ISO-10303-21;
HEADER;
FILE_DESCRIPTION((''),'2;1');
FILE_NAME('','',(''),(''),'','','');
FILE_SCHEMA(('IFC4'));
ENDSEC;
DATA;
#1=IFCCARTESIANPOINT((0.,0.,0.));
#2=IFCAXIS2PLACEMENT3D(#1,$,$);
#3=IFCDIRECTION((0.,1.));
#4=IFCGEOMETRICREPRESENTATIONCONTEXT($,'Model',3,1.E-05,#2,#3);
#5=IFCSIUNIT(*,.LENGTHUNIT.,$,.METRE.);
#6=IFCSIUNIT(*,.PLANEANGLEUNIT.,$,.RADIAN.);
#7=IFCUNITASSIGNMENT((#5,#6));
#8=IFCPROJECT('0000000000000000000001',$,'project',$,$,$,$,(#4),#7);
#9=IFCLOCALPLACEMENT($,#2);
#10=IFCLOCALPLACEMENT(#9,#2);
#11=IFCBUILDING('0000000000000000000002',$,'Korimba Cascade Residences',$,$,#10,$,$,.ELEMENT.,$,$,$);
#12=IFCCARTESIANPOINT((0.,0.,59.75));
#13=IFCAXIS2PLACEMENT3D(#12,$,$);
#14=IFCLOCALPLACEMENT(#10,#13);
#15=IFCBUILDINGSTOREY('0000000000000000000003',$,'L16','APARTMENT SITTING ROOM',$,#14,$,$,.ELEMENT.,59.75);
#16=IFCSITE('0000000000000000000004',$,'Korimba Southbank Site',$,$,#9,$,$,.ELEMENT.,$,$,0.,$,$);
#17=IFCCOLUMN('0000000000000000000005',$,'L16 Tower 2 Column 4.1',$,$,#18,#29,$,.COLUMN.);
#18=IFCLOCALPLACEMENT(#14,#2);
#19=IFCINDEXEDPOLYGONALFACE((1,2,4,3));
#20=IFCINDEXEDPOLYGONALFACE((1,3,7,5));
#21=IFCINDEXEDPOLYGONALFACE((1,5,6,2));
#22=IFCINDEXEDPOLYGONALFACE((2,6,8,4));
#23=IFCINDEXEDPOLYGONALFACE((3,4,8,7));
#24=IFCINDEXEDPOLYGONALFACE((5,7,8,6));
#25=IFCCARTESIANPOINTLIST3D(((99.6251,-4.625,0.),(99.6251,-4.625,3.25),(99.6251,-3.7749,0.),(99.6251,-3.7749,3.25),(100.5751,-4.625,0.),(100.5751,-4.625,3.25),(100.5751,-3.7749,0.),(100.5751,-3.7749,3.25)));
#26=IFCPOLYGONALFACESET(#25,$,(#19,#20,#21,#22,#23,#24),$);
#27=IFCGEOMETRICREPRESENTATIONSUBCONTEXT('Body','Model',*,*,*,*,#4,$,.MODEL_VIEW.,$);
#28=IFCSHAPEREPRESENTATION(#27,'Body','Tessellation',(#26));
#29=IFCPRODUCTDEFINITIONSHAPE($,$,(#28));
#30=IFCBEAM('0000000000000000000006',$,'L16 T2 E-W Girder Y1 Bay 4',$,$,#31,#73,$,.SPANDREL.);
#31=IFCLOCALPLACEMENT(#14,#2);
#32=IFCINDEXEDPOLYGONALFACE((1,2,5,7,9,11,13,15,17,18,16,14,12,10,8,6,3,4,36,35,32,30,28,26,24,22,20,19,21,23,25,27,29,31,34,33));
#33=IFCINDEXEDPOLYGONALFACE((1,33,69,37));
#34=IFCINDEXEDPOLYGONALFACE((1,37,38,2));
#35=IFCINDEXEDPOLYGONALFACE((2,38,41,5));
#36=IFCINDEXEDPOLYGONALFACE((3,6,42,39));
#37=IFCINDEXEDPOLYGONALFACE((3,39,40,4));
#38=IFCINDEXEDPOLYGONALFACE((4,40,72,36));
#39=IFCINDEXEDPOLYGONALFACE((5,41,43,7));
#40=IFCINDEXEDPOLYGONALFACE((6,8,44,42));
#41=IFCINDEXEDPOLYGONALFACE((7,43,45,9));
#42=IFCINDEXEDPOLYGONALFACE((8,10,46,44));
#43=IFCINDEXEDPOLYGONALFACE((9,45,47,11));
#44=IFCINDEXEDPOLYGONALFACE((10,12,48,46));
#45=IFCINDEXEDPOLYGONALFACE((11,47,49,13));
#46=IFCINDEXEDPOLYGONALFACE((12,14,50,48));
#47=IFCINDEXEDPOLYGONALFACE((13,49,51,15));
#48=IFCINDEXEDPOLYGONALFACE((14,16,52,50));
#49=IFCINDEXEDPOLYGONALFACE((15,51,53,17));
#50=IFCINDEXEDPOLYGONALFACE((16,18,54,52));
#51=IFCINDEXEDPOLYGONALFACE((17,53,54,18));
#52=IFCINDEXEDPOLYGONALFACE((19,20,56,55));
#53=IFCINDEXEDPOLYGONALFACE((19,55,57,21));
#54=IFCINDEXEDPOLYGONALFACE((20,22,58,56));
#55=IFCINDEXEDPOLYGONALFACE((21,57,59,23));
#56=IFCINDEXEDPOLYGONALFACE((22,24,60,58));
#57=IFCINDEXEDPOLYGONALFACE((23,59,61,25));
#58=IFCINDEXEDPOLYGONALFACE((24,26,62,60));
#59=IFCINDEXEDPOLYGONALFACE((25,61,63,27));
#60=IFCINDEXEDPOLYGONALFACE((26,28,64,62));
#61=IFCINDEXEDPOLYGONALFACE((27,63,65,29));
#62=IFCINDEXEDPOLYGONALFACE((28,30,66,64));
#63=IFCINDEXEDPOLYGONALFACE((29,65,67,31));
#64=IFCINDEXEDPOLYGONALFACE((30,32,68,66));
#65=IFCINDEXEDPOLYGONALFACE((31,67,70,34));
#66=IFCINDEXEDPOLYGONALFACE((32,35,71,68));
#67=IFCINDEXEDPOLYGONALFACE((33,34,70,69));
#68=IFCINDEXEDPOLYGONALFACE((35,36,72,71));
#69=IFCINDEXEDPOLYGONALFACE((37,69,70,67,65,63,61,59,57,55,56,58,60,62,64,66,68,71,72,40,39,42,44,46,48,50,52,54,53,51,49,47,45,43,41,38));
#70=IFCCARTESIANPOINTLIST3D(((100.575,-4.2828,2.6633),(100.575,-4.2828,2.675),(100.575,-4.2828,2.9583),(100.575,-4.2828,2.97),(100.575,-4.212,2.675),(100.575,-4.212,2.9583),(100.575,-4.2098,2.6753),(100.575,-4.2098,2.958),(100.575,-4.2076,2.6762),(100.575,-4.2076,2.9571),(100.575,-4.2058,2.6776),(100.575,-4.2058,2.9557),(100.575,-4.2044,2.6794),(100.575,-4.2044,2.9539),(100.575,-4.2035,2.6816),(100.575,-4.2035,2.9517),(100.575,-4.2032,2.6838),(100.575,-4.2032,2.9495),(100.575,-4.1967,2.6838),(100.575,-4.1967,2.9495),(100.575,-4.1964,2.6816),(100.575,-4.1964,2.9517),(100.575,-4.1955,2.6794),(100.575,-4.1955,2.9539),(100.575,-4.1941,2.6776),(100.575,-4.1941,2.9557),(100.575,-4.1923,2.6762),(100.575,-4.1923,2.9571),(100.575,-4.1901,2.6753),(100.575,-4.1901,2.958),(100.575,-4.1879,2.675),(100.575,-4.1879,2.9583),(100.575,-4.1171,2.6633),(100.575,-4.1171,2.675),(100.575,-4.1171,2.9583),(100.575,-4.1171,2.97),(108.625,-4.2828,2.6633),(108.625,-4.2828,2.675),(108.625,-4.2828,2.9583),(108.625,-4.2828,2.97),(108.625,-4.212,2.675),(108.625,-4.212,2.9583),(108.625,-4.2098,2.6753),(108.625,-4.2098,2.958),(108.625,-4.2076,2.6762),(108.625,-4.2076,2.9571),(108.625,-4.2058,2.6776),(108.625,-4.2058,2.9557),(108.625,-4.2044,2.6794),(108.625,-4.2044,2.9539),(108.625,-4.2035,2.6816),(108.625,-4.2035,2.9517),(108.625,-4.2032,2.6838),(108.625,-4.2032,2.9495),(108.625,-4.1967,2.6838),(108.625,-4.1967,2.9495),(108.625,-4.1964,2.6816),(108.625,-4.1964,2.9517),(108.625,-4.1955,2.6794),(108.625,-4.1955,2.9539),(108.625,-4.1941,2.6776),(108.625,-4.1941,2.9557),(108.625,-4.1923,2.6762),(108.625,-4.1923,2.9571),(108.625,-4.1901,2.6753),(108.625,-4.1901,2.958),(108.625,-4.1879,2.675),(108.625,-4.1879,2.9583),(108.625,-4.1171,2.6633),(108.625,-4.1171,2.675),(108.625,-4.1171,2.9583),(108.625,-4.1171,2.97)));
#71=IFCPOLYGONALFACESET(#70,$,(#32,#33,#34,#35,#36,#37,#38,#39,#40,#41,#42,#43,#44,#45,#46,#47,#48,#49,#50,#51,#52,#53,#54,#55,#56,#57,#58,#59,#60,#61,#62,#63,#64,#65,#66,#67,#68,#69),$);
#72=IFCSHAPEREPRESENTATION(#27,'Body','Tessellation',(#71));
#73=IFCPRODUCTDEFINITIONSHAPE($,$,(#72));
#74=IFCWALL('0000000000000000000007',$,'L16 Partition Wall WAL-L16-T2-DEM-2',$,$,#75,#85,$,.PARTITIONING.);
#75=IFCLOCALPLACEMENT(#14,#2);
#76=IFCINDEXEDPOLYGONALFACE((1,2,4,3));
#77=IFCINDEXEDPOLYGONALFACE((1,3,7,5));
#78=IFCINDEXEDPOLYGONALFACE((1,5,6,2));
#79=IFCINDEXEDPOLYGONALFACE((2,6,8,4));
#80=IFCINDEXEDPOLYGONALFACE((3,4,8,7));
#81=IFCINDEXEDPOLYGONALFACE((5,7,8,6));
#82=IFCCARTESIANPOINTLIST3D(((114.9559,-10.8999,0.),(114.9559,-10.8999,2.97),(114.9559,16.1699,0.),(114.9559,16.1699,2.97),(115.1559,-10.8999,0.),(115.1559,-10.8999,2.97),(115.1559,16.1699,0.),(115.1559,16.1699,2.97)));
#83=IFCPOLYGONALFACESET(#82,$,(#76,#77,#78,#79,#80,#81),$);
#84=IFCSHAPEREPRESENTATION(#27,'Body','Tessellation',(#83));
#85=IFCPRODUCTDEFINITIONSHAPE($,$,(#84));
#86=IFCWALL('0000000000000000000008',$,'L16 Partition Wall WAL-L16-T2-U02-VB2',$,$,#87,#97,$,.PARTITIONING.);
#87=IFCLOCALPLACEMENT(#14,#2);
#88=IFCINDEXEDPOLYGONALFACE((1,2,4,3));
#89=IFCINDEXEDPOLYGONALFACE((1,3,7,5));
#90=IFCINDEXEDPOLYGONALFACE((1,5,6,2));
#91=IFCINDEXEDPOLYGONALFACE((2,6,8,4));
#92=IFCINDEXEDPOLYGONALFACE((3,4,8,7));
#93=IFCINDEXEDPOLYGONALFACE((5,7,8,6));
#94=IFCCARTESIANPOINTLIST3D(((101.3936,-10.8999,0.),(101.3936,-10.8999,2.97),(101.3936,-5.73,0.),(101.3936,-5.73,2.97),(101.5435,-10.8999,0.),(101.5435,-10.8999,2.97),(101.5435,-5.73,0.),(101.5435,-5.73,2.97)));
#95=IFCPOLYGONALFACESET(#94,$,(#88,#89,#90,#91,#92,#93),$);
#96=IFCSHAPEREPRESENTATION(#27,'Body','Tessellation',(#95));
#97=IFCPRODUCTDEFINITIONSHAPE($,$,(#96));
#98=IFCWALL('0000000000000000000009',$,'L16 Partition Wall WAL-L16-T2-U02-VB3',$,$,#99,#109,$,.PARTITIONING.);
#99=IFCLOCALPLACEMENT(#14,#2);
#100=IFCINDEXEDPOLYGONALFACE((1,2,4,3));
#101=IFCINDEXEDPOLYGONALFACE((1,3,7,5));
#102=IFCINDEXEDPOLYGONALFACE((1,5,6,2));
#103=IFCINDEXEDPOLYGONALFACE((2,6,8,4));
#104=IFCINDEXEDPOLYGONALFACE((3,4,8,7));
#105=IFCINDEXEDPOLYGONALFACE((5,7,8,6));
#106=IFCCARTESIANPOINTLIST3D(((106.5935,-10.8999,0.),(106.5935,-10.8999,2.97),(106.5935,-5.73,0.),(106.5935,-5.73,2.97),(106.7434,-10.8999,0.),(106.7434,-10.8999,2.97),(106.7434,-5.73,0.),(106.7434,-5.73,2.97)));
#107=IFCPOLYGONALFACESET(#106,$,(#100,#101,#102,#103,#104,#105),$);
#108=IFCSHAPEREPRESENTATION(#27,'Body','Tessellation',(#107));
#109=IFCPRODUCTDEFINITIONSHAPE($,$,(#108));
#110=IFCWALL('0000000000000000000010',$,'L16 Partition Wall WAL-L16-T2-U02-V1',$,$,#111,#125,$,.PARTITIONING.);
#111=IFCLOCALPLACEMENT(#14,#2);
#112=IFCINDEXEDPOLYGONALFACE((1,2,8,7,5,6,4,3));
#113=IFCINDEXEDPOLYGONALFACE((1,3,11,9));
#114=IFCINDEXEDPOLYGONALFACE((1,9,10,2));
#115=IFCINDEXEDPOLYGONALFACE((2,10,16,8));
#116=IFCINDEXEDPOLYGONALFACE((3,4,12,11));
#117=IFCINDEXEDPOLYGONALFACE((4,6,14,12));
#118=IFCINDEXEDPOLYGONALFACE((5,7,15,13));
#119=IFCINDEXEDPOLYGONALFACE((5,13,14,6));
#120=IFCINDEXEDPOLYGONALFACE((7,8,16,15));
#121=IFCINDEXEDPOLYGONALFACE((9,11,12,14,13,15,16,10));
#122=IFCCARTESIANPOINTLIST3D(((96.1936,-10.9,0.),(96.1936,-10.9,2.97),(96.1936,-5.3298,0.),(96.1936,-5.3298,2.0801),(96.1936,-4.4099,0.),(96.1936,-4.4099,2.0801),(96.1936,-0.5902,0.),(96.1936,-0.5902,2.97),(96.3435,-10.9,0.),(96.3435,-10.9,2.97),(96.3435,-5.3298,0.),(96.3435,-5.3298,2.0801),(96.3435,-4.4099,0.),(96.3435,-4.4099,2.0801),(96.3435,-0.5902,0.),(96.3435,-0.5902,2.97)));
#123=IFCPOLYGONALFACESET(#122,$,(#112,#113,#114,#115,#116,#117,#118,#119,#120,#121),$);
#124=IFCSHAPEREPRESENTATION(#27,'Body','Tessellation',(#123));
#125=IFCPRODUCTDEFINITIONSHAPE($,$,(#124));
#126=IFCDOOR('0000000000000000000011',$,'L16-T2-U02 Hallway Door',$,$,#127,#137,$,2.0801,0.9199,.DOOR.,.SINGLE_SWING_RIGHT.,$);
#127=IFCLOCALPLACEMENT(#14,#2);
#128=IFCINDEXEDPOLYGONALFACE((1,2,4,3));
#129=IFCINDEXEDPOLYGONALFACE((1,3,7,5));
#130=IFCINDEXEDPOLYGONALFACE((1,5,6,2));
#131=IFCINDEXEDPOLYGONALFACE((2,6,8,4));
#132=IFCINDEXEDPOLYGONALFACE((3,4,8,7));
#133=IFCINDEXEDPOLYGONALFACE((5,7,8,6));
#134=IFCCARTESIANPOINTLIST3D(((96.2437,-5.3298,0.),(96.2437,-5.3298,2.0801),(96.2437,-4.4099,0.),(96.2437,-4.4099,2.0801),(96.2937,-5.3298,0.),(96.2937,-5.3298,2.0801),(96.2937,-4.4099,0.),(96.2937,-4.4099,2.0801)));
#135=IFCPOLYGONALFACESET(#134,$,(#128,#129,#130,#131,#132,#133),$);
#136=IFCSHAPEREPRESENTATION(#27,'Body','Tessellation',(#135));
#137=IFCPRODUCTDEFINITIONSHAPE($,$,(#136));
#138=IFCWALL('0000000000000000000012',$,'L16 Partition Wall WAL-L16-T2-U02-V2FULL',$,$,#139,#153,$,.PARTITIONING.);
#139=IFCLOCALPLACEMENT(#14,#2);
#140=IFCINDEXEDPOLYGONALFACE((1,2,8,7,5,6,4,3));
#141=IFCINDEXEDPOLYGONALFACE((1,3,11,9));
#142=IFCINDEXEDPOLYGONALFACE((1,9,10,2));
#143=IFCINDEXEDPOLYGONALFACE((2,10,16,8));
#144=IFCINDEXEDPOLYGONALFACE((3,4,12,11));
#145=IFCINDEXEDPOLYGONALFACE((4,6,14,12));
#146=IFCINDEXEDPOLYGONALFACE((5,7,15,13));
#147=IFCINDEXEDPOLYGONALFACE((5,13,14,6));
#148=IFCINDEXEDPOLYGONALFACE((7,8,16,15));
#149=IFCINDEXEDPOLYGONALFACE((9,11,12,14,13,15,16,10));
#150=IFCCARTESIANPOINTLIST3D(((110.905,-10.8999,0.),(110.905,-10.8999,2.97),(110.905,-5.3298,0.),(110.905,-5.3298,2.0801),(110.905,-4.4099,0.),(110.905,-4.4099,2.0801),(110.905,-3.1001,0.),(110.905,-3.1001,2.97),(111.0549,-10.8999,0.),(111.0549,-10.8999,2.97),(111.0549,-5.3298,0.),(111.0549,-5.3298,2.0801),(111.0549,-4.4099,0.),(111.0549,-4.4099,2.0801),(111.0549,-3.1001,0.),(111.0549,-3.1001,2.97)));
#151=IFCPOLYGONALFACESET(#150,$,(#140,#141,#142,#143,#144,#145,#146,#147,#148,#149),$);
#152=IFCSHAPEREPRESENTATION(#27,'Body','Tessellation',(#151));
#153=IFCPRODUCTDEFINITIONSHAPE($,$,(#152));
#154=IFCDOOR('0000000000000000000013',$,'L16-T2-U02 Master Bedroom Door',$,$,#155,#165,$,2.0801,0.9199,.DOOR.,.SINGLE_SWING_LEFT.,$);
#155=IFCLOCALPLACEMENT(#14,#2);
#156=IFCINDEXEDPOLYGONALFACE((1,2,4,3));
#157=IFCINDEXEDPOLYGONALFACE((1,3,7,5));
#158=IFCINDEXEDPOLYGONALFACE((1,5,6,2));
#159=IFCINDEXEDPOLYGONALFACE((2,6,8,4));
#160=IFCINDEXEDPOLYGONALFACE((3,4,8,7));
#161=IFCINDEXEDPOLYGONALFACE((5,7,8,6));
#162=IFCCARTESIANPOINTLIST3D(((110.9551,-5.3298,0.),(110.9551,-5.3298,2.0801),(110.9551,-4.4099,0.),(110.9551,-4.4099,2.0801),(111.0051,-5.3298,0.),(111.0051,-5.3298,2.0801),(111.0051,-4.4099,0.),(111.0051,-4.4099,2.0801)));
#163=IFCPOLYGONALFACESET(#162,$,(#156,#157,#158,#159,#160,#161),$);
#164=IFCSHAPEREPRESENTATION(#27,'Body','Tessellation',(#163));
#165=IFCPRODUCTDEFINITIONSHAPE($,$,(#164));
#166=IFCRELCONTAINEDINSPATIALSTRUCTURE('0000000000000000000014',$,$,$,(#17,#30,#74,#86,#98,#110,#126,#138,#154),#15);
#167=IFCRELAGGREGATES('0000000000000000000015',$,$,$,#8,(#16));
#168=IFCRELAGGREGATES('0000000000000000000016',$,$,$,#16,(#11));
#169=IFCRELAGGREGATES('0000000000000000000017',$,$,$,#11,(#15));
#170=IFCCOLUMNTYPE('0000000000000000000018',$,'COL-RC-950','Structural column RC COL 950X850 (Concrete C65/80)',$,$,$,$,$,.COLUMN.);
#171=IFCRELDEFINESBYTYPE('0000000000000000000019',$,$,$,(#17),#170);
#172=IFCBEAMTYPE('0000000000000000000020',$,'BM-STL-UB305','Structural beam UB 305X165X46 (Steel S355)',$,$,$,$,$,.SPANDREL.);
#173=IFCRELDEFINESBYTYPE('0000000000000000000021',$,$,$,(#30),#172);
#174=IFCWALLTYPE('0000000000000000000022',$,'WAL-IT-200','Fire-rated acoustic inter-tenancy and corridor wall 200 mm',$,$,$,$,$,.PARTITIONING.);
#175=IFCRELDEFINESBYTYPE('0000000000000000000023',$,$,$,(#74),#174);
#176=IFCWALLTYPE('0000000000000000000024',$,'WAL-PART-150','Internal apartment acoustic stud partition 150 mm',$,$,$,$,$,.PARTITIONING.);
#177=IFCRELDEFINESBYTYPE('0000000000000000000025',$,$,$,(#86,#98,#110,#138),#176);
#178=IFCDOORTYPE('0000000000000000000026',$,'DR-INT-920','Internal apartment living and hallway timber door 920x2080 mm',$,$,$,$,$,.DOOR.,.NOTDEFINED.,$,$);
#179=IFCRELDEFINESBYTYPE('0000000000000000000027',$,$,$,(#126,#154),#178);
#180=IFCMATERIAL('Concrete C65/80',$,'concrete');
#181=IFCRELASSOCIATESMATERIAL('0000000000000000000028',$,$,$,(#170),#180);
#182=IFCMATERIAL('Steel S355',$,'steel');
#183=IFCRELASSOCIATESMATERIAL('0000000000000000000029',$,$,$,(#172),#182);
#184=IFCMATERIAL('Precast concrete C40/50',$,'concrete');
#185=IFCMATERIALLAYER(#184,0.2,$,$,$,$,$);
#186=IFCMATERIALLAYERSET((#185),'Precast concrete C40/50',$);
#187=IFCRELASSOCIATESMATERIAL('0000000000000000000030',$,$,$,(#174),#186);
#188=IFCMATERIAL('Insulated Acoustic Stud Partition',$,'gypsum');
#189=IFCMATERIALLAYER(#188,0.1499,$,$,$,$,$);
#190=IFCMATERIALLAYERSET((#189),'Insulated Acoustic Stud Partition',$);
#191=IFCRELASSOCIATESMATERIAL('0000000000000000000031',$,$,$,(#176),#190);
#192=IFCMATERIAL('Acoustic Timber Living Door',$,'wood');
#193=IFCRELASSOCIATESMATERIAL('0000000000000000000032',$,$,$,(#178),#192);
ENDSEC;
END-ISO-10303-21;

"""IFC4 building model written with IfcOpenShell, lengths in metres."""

from ifc_helpers import new_model, si_unit, direction, frame, frame_2d, origin, origin_2d, place, context, subcontext, project, spatial, rectangle, i_section, extrude, material, layer, layer_set, material_profile, profile_set, type_object, element, fill, save


model = new_model("IFC4")

# Units and contexts
model_context = context("Model", 3, precision=1e-05, world=origin(), true_north=direction((0.0, 1.0)))
body_context = subcontext(model_context, "Body", "Model", "MODEL_VIEW")
ifc_project = project(units=[si_unit("LENGTHUNIT", "METRE"), si_unit("PLANEANGLEUNIT", "RADIAN")], contexts=[model_context])

# Site, building, storey
site_placement = place(None, origin())
site = spatial("IfcSite", under=ifc_project, at=site_placement, Name="Korimba Southbank Site", CompositionType="ELEMENT", RefElevation=0.0)
building_placement = place(site_placement, origin())
building = spatial("IfcBuilding", under=site, at=building_placement, Name="Korimba Cascade Residences", CompositionType="ELEMENT")
storey_placement = place(building_placement, frame((0.0, 0.0, 59.75)))
storey = spatial("IfcBuildingStorey", under=building, at=storey_placement, Name="L16", Description="APARTMENT SITTING ROOM", CompositionType="ELEMENT", Elevation=59.75)

# Column
ifc_material_1 = material(Name="Concrete C65/80", Category="concrete")
ifc_material_profile_1 = material_profile(ifc_material_1, rectangle(XDim=0.95, YDim=0.8501, at=origin_2d()), Name="Concrete C65/80")
ifc_profile_set_1 = profile_set([ifc_material_profile_1], Name="Concrete C65/80")
column_type = type_object("IfcColumnType", Name="COL-RC-950", Description="Structural column RC COL 950X850 (Concrete C65/80)", PredefinedType="COLUMN", material=ifc_profile_set_1)
column_placement = place(storey_placement, frame((100.1001, -4.2, 0.0), z_axis=(0.0, 0.0, 1.0), x_axis=(1.0, 0.0, 0.0)))
element("IfcColumn", 1, at=column_placement, inside=storey, type_object=column_type, Name="L16 Tower 2 Column 4.1", PredefinedType="COLUMN", context=body_context, shape_type="SweptSolid", body=[
    extrude(rectangle(XDim=0.95, YDim=0.8501, at=origin_2d()), origin(), (0.0, 0.0, 1.0), 3.25),
])

# Beam
ifc_material_2 = material(Name="Steel S355", Category="steel")
ifc_material_profile_2 = material_profile(ifc_material_2, i_section(OverallWidth=0.1658, OverallDepth=0.3066, WebThickness=0.0066, FlangeThickness=0.0117, FilletRadius=0.0088, at=origin_2d()), Name="Steel S355")
ifc_profile_set_2 = profile_set([ifc_material_profile_2], Name="Steel S355")
beam_type = type_object("IfcBeamType", Name="BM-STL-UB305", Description="Structural beam UB 305X165X46 (Steel S355)", PredefinedType="SPANDREL", material=ifc_profile_set_2)
beam_placement = place(storey_placement, frame((100.575, -4.2, 2.8167), z_axis=(1.0, 0.0, 0.0), x_axis=(0.0, 1.0, 0.0)))
element("IfcBeam", 2, at=beam_placement, inside=storey, type_object=beam_type, Name="L16 T2 E-W Girder Y1 Bay 4", PredefinedType="SPANDREL", context=body_context, shape_type="SweptSolid", body=[
    extrude(i_section(OverallWidth=0.1658, OverallDepth=0.3066, WebThickness=0.0066, FlangeThickness=0.0117, FilletRadius=0.0088, at=origin_2d()), origin(), (0.0, 0.0, 1.0), 8.05),
])

# Walls
ifc_material_3 = material(Name="Precast concrete C40/50", Category="concrete")
ifc_layer_1 = layer(ifc_material_3, 0.2)
ifc_layer_set_1 = layer_set([ifc_layer_1], Name="Precast concrete C40/50")
wall_type_1 = type_object("IfcWallType", Name="WAL-IT-200", Description="Fire-rated acoustic inter-tenancy and corridor wall 200 mm", PredefinedType="PARTITIONING", material=ifc_layer_set_1)
wall_1_placement = place(storey_placement, frame((115.0559, -10.8999, 0.0), z_axis=(0.0, 0.0, 1.0), x_axis=(0.0, 1.0, 0.0)))
element("IfcWall", 3, at=wall_1_placement, inside=storey, type_object=wall_type_1, Name="L16 Partition Wall WAL-L16-T2-DEM-2", PredefinedType="PARTITIONING", context=body_context, shape_type="SweptSolid", body=[
    extrude(rectangle(XDim=27.0698, YDim=0.2, at=frame_2d((13.5349, 0.0))), origin(), (0.0, 0.0, 1.0), 2.97),
])
ifc_material_4 = material(Name="Insulated Acoustic Stud Partition", Category="gypsum")
ifc_layer_2 = layer(ifc_material_4, 0.1499)
ifc_layer_set_2 = layer_set([ifc_layer_2], Name="Insulated Acoustic Stud Partition")
wall_type_2 = type_object("IfcWallType", Name="WAL-PART-150", Description="Internal apartment acoustic stud partition 150 mm", PredefinedType="PARTITIONING", material=ifc_layer_set_2)
for number, where, z_axis, x_axis, name in (
    (4, (101.4685, -10.8999, 0.0), (0.0, 0.0, 1.0), (0.0, 1.0, 0.0), "L16 Partition Wall WAL-L16-T2-U02-VB2"),
    (5, (106.6685, -10.8999, 0.0), (0.0, 0.0, 1.0), (0.0, 1.0, 0.0), "L16 Partition Wall WAL-L16-T2-U02-VB3"),
):
    element("IfcWall", number, at=place(storey_placement, frame(where, z_axis=z_axis, x_axis=x_axis)), inside=storey, type_object=wall_type_2, Name=name, PredefinedType="PARTITIONING", context=body_context, shape_type="SweptSolid", body=[
        extrude(rectangle(XDim=5.1699, YDim=0.1499, at=frame_2d((2.585, 0.0))), origin(), (0.0, 0.0, 1.0), 2.97),
    ])

# Walls, openings, doors
wall_2_placement = place(storey_placement, frame((96.2686, -10.8999, 0.0), z_axis=(0.0, 0.0, 1.0), x_axis=(0.0, 1.0, 0.0)))
wall_2 = element("IfcWall", 6, at=wall_2_placement, inside=storey, type_object=wall_type_2, Name="L16 Partition Wall WAL-L16-T2-U02-V1", PredefinedType="PARTITIONING", context=body_context, shape_type="SweptSolid", body=[
    extrude(rectangle(XDim=10.3098, YDim=0.1499, at=frame_2d((5.1548, 0.0))), origin(), (0.0, 0.0, 1.0), 2.97),
])
opening_1_placement = place(wall_2_placement, frame((5.5701, 0.0, 0.0)))
opening_1 = element("IfcOpeningElement", 7, at=opening_1_placement, cuts=wall_2, PredefinedType="OPENING", context=body_context, shape_type="SweptSolid", body=[
    extrude(rectangle(XDim=0.9199, YDim=2.0801, at=frame_2d((0.46, 1.04))), frame((0.0, 0.085, 0.0), z_axis=(0.0, -1.0, 0.0), x_axis=(1.0, 0.0, 0.0)), (0.0, 0.0, 1.0), 0.1699),
])
ifc_material_5 = material(Name="Acoustic Timber Living Door", Category="wood")
door_type_1 = type_object("IfcDoorType", Name="DR-INT-920", Description="Internal apartment living and hallway timber door 920x2080 mm", OperationType="NOTDEFINED", PredefinedType="DOOR", material=ifc_material_5)
door_1_placement = place(opening_1_placement, origin())
door_1 = element("IfcDoor", 8, at=door_1_placement, inside=storey, type_object=door_type_1, Name="L16-T2-U02 Hallway Door", OperationType="SINGLE_SWING_RIGHT", OverallHeight=2.0801, OverallWidth=0.9199, PredefinedType="DOOR", context=body_context, shape_type="SweptSolid", body=[
    extrude(rectangle(XDim=0.9199, YDim=2.0801, at=frame_2d((0.46, 1.04))), frame((0.0, 0.0249, 0.0), z_axis=(0.0, -1.0, 0.0), x_axis=(1.0, 0.0, 0.0)), (0.0, 0.0, 1.0), 0.05),
])
fill(opening_1, door_1)
wall_3_placement = place(storey_placement, frame((110.98, -10.8999, 0.0), z_axis=(0.0, 0.0, 1.0), x_axis=(0.0, 1.0, 0.0)))
wall_3 = element("IfcWall", 9, at=wall_3_placement, inside=storey, type_object=wall_type_2, Name="L16 Partition Wall WAL-L16-T2-U02-V2FULL", PredefinedType="PARTITIONING", context=body_context, shape_type="SweptSolid", body=[
    extrude(rectangle(XDim=7.7998, YDim=0.1499, at=frame_2d((3.8999, 0.0))), origin(), (0.0, 0.0, 1.0), 2.97),
])
opening_2_placement = place(wall_3_placement, frame((5.5701, 0.0, 0.0)))
opening_2 = element("IfcOpeningElement", 10, at=opening_2_placement, cuts=wall_3, PredefinedType="OPENING", context=body_context, shape_type="SweptSolid", body=[
    extrude(rectangle(XDim=0.9199, YDim=2.0801, at=frame_2d((0.46, 1.04))), frame((0.0, 0.085, 0.0), z_axis=(0.0, -1.0, 0.0), x_axis=(1.0, 0.0, 0.0)), (0.0, 0.0, 1.0), 0.1699),
])
door_2_placement = place(opening_2_placement, origin())
door_2 = element("IfcDoor", 11, at=door_2_placement, inside=storey, type_object=door_type_1, Name="L16-T2-U02 Master Bedroom Door", OperationType="SINGLE_SWING_LEFT", OverallHeight=2.0801, OverallWidth=0.9199, PredefinedType="DOOR", context=body_context, shape_type="SweptSolid", body=[
    extrude(rectangle(XDim=0.9199, YDim=2.0801, at=frame_2d((0.46, 1.04))), frame((0.0, 0.0249, 0.0), z_axis=(0.0, -1.0, 0.0), x_axis=(1.0, 0.0, 0.0)), (0.0, 0.0, 1.0), 0.05),
])
fill(opening_2, door_2)

save(model, "model.ifc")
